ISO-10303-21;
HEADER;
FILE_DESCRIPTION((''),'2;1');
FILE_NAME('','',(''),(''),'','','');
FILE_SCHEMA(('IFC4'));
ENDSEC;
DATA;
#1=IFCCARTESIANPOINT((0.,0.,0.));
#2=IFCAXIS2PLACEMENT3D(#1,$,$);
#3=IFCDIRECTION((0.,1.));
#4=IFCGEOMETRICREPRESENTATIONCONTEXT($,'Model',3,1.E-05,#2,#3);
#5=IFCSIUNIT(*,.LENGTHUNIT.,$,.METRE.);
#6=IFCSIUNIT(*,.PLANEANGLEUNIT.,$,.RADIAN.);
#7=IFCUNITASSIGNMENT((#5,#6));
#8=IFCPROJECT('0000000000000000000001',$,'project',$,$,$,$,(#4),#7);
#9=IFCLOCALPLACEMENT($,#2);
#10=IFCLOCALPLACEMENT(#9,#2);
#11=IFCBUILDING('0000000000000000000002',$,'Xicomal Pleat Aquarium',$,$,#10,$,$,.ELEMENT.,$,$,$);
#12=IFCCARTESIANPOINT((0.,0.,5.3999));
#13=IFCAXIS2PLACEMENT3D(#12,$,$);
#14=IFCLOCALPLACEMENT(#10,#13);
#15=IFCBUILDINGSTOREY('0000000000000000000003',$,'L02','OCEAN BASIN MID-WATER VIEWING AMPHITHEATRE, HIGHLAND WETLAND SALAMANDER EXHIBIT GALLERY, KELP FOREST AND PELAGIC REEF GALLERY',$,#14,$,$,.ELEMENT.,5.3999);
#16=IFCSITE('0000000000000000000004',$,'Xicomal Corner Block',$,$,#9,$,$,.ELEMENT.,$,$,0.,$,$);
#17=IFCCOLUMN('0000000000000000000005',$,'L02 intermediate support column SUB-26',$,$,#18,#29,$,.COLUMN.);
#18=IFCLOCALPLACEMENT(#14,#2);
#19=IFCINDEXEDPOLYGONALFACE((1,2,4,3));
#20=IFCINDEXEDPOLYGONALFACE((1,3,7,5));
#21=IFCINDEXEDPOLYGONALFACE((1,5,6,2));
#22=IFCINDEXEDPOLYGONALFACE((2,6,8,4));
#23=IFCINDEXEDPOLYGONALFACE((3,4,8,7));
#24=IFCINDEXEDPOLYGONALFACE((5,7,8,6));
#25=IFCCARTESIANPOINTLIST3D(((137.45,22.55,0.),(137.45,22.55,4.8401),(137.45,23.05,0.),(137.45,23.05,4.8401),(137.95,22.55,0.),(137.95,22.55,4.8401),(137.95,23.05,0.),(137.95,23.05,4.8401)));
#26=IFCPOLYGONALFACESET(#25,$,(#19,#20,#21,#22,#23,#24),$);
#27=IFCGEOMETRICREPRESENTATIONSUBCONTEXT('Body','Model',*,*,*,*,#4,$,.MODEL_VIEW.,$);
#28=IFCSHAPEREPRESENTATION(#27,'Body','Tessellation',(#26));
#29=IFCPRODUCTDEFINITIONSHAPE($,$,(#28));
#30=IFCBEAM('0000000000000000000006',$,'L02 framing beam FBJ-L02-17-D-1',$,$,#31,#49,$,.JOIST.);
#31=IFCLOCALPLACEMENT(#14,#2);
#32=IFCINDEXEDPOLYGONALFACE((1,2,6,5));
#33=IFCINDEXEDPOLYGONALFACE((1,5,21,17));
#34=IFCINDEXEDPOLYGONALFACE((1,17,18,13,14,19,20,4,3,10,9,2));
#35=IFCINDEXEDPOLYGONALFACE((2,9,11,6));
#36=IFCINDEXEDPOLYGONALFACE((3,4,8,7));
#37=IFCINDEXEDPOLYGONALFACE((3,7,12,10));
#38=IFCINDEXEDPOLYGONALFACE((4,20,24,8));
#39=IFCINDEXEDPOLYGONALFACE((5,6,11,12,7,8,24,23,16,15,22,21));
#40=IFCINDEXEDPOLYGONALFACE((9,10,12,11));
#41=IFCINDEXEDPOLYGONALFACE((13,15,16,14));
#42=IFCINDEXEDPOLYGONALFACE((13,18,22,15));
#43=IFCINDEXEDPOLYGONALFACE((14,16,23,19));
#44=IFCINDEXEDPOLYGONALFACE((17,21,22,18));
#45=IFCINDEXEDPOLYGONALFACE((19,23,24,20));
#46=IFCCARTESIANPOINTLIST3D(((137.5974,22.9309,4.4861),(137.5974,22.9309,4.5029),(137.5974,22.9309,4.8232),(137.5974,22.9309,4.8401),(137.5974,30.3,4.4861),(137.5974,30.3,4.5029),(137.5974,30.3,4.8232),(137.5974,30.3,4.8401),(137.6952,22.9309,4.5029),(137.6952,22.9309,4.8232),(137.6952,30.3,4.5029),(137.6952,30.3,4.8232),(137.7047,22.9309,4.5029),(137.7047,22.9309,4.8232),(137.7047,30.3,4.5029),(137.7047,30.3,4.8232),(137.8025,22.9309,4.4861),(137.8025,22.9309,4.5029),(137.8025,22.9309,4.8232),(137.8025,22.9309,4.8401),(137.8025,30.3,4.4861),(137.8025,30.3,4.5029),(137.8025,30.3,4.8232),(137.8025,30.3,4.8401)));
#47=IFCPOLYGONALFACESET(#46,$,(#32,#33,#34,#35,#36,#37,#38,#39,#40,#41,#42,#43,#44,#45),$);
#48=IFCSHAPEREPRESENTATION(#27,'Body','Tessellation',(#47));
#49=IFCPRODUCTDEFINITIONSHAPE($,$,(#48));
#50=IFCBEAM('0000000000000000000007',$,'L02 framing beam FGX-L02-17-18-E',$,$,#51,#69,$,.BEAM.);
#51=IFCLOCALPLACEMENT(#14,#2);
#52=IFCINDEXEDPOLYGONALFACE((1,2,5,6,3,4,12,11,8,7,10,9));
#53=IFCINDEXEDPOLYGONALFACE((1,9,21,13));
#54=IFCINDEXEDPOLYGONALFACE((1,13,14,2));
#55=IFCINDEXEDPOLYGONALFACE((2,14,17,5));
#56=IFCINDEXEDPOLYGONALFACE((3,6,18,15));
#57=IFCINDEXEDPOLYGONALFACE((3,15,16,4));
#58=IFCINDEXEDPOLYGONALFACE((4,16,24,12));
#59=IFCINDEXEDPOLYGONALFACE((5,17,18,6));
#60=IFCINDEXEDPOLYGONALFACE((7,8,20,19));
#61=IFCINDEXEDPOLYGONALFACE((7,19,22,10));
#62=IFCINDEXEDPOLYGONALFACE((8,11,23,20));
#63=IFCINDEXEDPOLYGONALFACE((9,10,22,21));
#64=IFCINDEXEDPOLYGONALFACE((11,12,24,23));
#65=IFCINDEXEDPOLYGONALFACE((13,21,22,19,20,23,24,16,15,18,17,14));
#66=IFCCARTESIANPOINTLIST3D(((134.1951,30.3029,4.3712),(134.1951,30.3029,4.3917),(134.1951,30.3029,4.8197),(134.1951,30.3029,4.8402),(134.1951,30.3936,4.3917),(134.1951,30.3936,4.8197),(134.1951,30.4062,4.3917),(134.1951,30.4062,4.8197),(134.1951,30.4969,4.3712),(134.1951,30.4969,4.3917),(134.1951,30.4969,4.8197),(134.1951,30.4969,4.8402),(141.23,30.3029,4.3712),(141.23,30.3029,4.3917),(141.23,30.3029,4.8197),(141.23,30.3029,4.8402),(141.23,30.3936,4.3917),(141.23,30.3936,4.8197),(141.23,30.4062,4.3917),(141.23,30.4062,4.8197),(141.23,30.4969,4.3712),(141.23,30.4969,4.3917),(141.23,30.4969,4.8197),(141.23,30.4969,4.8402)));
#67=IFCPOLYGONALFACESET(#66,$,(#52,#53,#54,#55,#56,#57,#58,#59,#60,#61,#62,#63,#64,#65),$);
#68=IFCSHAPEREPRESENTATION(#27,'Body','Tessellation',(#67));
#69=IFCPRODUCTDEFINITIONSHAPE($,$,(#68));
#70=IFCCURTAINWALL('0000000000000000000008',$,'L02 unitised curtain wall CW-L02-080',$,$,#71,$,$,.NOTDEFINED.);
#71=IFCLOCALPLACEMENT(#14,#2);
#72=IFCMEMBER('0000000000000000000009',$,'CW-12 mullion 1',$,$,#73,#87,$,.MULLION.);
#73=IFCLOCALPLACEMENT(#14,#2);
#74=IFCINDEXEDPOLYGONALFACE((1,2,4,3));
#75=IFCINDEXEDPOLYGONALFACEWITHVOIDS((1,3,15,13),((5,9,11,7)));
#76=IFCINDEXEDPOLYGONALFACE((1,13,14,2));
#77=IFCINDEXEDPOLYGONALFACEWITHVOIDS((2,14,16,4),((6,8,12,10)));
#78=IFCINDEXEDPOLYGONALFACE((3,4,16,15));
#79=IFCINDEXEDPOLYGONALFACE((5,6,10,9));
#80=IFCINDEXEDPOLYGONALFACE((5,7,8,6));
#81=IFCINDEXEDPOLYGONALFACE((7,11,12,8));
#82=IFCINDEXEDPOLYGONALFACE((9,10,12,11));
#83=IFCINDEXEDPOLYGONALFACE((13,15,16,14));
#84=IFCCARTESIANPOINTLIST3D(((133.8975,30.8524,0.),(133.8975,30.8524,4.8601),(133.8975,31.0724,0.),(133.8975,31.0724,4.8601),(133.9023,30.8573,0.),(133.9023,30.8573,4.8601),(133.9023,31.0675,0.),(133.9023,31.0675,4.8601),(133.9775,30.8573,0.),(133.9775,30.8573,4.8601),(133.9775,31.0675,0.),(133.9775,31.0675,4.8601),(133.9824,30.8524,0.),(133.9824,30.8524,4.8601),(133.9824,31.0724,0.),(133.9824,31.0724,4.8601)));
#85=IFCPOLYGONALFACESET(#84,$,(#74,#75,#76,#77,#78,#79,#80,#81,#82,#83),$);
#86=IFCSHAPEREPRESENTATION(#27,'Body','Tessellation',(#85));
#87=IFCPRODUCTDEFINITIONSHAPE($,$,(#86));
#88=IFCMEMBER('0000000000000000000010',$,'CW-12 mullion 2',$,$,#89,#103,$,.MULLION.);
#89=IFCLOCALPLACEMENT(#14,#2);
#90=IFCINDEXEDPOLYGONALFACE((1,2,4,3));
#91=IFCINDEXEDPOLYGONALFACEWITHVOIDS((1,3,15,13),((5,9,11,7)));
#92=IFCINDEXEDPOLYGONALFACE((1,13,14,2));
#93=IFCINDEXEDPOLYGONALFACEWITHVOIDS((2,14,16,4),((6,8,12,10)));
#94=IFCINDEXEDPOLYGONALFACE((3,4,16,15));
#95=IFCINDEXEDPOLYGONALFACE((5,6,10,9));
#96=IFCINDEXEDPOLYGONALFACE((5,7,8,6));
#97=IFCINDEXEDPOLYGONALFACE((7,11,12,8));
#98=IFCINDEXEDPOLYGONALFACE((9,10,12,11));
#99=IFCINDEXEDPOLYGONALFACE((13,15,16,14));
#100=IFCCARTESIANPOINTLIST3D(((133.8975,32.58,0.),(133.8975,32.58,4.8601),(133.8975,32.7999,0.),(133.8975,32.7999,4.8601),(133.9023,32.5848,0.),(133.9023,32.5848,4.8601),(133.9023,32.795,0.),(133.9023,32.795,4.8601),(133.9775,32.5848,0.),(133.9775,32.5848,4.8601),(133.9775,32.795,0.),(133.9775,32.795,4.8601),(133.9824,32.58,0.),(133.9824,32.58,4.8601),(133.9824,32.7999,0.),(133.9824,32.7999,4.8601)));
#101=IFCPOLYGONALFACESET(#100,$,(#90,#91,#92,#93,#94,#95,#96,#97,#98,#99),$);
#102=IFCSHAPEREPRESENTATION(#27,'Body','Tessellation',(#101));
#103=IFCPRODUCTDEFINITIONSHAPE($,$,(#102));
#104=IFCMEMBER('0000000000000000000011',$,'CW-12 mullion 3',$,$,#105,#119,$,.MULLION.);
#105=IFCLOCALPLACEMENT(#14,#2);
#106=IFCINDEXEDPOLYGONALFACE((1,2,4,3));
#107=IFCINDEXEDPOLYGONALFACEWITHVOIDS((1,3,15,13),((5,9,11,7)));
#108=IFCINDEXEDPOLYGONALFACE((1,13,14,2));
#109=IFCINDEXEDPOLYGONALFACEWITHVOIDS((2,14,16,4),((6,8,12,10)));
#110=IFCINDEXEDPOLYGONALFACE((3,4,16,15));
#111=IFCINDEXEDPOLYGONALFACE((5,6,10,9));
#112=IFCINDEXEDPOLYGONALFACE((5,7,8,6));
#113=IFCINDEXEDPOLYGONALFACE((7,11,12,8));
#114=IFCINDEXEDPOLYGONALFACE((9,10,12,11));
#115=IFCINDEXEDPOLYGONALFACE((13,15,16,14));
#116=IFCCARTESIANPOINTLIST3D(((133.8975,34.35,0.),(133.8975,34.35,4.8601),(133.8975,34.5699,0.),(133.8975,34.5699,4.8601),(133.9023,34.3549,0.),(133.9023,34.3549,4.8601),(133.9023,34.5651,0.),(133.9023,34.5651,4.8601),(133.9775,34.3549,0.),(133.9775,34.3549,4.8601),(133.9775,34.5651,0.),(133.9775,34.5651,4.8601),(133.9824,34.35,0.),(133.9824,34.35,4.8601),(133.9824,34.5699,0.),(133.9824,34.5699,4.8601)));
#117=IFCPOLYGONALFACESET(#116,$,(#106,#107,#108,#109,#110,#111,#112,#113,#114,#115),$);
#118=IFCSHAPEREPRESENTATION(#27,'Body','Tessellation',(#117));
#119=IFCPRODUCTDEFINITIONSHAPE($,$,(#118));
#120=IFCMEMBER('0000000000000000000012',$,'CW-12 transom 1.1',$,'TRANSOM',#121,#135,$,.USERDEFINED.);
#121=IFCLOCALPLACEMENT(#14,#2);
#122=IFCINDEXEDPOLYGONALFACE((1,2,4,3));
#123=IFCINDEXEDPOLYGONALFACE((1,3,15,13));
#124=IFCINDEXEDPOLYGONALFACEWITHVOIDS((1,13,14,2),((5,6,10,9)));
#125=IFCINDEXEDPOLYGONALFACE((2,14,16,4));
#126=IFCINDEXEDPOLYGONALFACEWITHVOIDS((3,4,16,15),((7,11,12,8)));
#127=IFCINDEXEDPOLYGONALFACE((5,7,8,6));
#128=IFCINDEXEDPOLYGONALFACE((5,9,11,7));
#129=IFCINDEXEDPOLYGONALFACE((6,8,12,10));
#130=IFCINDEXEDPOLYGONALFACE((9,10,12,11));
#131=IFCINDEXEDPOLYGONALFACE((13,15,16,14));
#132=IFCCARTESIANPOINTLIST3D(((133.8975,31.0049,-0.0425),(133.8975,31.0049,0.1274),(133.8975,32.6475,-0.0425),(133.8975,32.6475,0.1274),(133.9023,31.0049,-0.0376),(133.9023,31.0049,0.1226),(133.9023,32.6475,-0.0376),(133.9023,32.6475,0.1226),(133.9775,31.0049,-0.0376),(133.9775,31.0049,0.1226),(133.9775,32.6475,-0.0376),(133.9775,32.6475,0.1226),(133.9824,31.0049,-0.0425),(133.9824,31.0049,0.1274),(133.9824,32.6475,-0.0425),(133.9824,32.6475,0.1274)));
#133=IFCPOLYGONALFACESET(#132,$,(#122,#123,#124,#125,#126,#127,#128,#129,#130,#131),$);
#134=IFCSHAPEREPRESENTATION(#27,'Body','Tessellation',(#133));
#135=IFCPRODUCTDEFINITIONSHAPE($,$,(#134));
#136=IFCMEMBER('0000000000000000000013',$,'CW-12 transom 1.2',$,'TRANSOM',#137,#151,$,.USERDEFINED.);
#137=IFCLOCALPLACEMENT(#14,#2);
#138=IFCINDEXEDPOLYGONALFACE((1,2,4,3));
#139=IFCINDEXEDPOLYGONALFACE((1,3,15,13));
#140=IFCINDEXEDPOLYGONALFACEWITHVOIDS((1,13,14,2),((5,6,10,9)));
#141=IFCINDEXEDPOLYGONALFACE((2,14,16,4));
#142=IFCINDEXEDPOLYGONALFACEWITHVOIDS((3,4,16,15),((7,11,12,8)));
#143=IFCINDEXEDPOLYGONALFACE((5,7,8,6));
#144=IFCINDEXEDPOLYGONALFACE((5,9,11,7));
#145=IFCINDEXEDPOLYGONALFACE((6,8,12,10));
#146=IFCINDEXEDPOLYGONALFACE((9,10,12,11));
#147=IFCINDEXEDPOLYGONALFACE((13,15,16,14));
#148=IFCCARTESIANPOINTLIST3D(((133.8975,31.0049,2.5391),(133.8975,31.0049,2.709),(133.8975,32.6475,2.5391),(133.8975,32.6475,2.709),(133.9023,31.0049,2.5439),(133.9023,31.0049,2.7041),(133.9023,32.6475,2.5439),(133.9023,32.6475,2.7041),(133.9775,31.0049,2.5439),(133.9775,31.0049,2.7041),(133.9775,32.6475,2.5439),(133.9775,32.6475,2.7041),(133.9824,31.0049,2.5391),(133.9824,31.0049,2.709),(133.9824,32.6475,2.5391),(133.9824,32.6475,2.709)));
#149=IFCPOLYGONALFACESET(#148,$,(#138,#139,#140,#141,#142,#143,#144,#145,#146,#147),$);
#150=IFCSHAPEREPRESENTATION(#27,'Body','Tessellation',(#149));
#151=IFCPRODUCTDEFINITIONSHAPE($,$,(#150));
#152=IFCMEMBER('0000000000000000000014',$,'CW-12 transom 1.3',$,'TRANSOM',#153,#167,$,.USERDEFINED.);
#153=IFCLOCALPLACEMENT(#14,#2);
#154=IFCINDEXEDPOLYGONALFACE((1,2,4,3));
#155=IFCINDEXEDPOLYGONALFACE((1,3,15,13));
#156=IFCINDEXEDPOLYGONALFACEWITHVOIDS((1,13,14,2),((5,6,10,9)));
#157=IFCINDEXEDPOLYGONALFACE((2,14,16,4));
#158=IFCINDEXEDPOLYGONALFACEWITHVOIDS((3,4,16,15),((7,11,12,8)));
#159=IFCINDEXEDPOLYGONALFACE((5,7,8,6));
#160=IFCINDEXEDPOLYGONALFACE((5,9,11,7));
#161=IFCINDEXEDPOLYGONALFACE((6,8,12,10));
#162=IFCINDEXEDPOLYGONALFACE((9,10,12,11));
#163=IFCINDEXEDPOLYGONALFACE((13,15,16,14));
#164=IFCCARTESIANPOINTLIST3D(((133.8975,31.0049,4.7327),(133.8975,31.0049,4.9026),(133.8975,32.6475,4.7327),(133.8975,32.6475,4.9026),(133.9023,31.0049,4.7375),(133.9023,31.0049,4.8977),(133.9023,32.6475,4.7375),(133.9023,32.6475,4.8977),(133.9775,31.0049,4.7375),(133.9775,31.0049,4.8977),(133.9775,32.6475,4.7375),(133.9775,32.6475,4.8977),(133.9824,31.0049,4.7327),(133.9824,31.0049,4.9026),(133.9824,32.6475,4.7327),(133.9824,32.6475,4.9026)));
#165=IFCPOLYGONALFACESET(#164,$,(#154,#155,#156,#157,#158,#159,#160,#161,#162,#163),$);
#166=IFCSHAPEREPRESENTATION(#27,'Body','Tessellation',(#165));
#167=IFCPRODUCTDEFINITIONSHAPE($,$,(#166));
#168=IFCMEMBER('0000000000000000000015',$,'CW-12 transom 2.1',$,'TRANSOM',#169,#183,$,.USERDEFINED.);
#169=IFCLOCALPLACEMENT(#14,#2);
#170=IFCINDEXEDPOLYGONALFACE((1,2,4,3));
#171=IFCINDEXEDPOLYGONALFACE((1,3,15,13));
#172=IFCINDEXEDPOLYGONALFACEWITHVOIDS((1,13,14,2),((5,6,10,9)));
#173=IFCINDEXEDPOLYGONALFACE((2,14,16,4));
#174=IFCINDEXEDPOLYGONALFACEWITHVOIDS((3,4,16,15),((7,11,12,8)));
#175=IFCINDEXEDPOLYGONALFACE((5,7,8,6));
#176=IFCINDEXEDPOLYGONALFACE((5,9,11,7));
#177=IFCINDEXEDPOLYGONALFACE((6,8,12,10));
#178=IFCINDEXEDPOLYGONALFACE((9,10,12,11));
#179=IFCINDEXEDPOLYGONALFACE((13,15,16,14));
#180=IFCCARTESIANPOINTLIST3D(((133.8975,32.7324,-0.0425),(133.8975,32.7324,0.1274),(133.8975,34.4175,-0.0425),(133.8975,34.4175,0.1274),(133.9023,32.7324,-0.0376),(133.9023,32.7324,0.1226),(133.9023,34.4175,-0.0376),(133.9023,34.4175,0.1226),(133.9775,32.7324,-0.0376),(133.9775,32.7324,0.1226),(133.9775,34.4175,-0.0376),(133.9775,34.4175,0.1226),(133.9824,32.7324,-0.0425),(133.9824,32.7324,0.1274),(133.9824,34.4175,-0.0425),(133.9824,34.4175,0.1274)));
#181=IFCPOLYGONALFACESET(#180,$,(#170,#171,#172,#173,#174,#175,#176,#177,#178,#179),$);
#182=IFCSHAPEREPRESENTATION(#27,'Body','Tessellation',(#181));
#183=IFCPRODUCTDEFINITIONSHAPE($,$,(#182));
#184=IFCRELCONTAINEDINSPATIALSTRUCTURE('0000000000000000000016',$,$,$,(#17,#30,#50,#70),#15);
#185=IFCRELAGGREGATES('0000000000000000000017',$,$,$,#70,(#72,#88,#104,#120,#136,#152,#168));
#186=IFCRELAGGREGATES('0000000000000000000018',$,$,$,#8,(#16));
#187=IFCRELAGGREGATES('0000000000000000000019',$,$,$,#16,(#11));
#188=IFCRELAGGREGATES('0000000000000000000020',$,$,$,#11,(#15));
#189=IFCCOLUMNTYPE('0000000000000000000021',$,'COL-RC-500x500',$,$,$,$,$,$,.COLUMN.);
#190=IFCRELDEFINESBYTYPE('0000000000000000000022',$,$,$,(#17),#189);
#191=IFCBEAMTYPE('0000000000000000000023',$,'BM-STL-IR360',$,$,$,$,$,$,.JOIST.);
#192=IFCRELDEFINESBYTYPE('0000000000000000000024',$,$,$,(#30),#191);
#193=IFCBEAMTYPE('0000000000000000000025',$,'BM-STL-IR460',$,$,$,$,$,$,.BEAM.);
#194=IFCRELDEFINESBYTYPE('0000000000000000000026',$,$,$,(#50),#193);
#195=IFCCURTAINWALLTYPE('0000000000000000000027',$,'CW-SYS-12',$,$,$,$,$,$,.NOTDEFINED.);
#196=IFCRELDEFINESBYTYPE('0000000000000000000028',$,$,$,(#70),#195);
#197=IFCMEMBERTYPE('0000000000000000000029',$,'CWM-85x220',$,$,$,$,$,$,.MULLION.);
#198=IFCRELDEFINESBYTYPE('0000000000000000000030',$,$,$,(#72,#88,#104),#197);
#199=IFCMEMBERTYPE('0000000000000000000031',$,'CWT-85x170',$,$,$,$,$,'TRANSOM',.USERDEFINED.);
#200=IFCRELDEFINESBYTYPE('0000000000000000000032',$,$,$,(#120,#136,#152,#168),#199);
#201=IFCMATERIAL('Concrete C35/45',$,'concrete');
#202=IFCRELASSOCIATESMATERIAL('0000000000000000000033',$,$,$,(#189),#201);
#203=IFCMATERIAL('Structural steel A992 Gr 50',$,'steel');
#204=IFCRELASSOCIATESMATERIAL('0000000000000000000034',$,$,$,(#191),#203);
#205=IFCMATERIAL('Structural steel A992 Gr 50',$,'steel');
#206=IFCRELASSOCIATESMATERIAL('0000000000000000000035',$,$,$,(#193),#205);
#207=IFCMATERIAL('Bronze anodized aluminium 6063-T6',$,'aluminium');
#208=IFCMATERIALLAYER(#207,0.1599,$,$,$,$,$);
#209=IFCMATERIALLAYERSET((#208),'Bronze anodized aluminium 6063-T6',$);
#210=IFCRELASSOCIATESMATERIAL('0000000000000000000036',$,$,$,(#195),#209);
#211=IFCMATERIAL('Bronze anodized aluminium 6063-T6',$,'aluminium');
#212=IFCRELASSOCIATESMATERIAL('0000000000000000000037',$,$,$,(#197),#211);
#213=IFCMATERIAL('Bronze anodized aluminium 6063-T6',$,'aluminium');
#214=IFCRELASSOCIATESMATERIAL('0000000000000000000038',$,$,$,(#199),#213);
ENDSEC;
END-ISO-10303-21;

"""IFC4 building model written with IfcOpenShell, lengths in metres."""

from ifc_helpers import new_model, si_unit, direction, frame, origin, origin_2d, place, context, subcontext, project, spatial, rectangle, hollow_rectangle, i_section, extrude, material, layer, layer_set, material_profile, profile_set, type_object, element, aggregate, save


model = new_model("IFC4")

# Units and contexts
model_context = context("Model", 3, precision=1e-05, world=origin(), true_north=direction((0.0, 1.0)))
body_context = subcontext(model_context, "Body", "Model", "MODEL_VIEW")
ifc_project = project(units=[si_unit("LENGTHUNIT", "METRE"), si_unit("PLANEANGLEUNIT", "RADIAN")], contexts=[model_context])

# Site, building, storey
site_placement = place(None, origin())
site = spatial("IfcSite", under=ifc_project, at=site_placement, Name="Xicomal Corner Block", CompositionType="ELEMENT", RefElevation=0.0)
building_placement = place(site_placement, origin())
building = spatial("IfcBuilding", under=site, at=building_placement, Name="Xicomal Pleat Aquarium", CompositionType="ELEMENT")
storey_placement = place(building_placement, frame((0.0, 0.0, 5.3999)))
storey = spatial("IfcBuildingStorey", under=building, at=storey_placement, Name="L02", Description="OCEAN BASIN MID-WATER VIEWING AMPHITHEATRE, HIGHLAND WETLAND SALAMANDER EXHIBIT GALLERY, KELP FOREST AND PELAGIC REEF GALLERY", CompositionType="ELEMENT", Elevation=5.3999)

# Column
ifc_material_1 = material(Name="Concrete C35/45", Category="concrete")
ifc_material_profile_1 = material_profile(ifc_material_1, rectangle(XDim=0.5, YDim=0.5, at=origin_2d()), Name="RC 500x500")
ifc_profile_set_1 = profile_set([ifc_material_profile_1], Name="Concrete C35/45")
column_type = type_object("IfcColumnType", Name="COL-RC-500x500", PredefinedType="COLUMN", material=ifc_profile_set_1)
column_placement = place(storey_placement, frame((137.7, 22.8, 0.0), z_axis=(0.0, 0.0, 1.0), x_axis=(1.0, 0.0, 0.0)))
element("IfcColumn", 1, at=column_placement, inside=storey, type_object=column_type, Name="L02 intermediate support column SUB-26", PredefinedType="COLUMN", context=body_context, shape_type="SweptSolid", body=[
    extrude(rectangle(XDim=0.5, YDim=0.5, at=origin_2d()), origin(), (0.0, 0.0, 1.0), 4.8401),
])

# Beams
ifc_material_2 = material(Name="Structural steel A992 Gr 50", Category="steel")
ifc_material_profile_2 = material_profile(ifc_material_2, i_section(OverallWidth=0.2051, OverallDepth=0.354, WebThickness=0.0095, FlangeThickness=0.0168, at=origin_2d()), Name="IR 360x79")
ifc_profile_set_2 = profile_set([ifc_material_profile_2], Name="Structural steel A992 Gr 50")
beam_type_1 = type_object("IfcBeamType", Name="BM-STL-IR360", PredefinedType="JOIST", material=ifc_profile_set_2)
beam_1_placement = place(storey_placement, frame((137.7, 22.9309, 4.6631), z_axis=(0.0, 1.0, 0.0), x_axis=(-1.0, 0.0, 0.0)))
element("IfcBeam", 2, at=beam_1_placement, inside=storey, type_object=beam_type_1, Name="L02 framing beam FBJ-L02-17-D-1", PredefinedType="JOIST", context=body_context, shape_type="SweptSolid", body=[
    extrude(i_section(OverallWidth=0.2051, OverallDepth=0.354, WebThickness=0.0095, FlangeThickness=0.0168, at=origin_2d()), origin(), (0.0, 0.0, 1.0), 7.3691),
])
ifc_material_3 = material(Name="Structural steel A992 Gr 50", Category="steel")
ifc_material_profile_3 = material_profile(ifc_material_3, i_section(OverallWidth=0.1941, OverallDepth=0.469, WebThickness=0.0127, FlangeThickness=0.0205, at=origin_2d()), Name="IR 460x106")
ifc_profile_set_3 = profile_set([ifc_material_profile_3], Name="Structural steel A992 Gr 50")
beam_type_2 = type_object("IfcBeamType", Name="BM-STL-IR460", PredefinedType="BEAM", material=ifc_profile_set_3)
beam_2_placement = place(storey_placement, frame((134.1951, 30.3999, 4.6057), z_axis=(1.0, 0.0, 0.0), x_axis=(0.0, 1.0, 0.0)))
element("IfcBeam", 3, at=beam_2_placement, inside=storey, type_object=beam_type_2, Name="L02 framing beam FGX-L02-17-18-E", PredefinedType="BEAM", context=body_context, shape_type="SweptSolid", body=[
    extrude(i_section(OverallWidth=0.1941, OverallDepth=0.469, WebThickness=0.0127, FlangeThickness=0.0205, at=origin_2d()), origin(), (0.0, 0.0, 1.0), 7.0349),
])

# Curtain wall, members
ifc_material_4 = material(Name="Bronze anodized aluminium 6063-T6", Category="aluminium")
ifc_layer_1 = layer(ifc_material_4, 0.1599)
ifc_layer_set_1 = layer_set([ifc_layer_1], Name="Bronze anodized aluminium 6063-T6")
curtain_wall_type = type_object("IfcCurtainWallType", Name="CW-SYS-12", PredefinedType="NOTDEFINED", material=ifc_layer_set_1)
curtain_wall_placement = place(storey_placement, origin())
curtain_wall = element("IfcCurtainWall", 4, at=curtain_wall_placement, inside=storey, type_object=curtain_wall_type, Name="L02 unitised curtain wall CW-L02-080", PredefinedType="NOTDEFINED")
ifc_material_5 = material(Name="Bronze anodized aluminium 6063-T6", Category="aluminium")
ifc_material_profile_4 = material_profile(ifc_material_5, hollow_rectangle(XDim=0.085, YDim=0.22, WallThickness=0.0049, at=origin_2d()), Name="ALU MULL 85x220")
ifc_profile_set_4 = profile_set([ifc_material_profile_4], Name="Bronze anodized aluminium 6063-T6")
member_type_1 = type_object("IfcMemberType", Name="CWM-85x220", PredefinedType="MULLION", material=ifc_profile_set_4)
member_1_placement = place(storey_placement, frame((133.9399, 30.9624, 0.0), z_axis=(0.0, 0.0, 1.0), x_axis=(-1.0, 0.0, 0.0)))
member_1 = element("IfcMember", 5, at=member_1_placement, type_object=member_type_1, Name="CW-12 mullion 1", PredefinedType="MULLION", context=body_context, shape_type="SweptSolid", body=[
    extrude(hollow_rectangle(XDim=0.085, YDim=0.22, WallThickness=0.0049, at=origin_2d()), origin(), (0.0, 0.0, 1.0), 4.8601),
])
member_2_placement = place(storey_placement, frame((133.9399, 32.6899, 0.0), z_axis=(0.0, 0.0, 1.0), x_axis=(-1.0, 0.0, 0.0)))
member_2 = element("IfcMember", 6, at=member_2_placement, type_object=member_type_1, Name="CW-12 mullion 2", PredefinedType="MULLION", context=body_context, shape_type="SweptSolid", body=[
    extrude(hollow_rectangle(XDim=0.085, YDim=0.22, WallThickness=0.0049, at=origin_2d()), origin(), (0.0, 0.0, 1.0), 4.8601),
])
member_3_placement = place(storey_placement, frame((133.9399, 34.46, 0.0), z_axis=(0.0, 0.0, 1.0), x_axis=(-1.0, 0.0, 0.0)))
member_3 = element("IfcMember", 7, at=member_3_placement, type_object=member_type_1, Name="CW-12 mullion 3", PredefinedType="MULLION", context=body_context, shape_type="SweptSolid", body=[
    extrude(hollow_rectangle(XDim=0.085, YDim=0.22, WallThickness=0.0049, at=origin_2d()), origin(), (0.0, 0.0, 1.0), 4.8601),
])
ifc_material_6 = material(Name="Bronze anodized aluminium 6063-T6", Category="aluminium")
ifc_material_profile_5 = material_profile(ifc_material_6, hollow_rectangle(XDim=0.085, YDim=0.1699, WallThickness=0.0049, at=origin_2d()), Name="ALU TRAN 85x170")
ifc_profile_set_5 = profile_set([ifc_material_profile_5], Name="Bronze anodized aluminium 6063-T6")
member_type_2 = type_object("IfcMemberType", Name="CWT-85x170", ElementType="TRANSOM", PredefinedType="USERDEFINED", material=ifc_profile_set_5)
member_4_placement = place(storey_placement, frame((133.9399, 31.0049, 0.0425), z_axis=(0.0, 1.0, 0.0), x_axis=(-1.0, 0.0, 0.0)))
member_4 = element("IfcMember", 8, at=member_4_placement, type_object=member_type_2, Name="CW-12 transom 1.1", ObjectType="TRANSOM", PredefinedType="USERDEFINED", context=body_context, shape_type="SweptSolid", body=[
    extrude(hollow_rectangle(XDim=0.085, YDim=0.1699, WallThickness=0.0049, at=origin_2d()), origin(), (0.0, 0.0, 1.0), 1.6426),
])
member_5_placement = place(storey_placement, frame((133.9399, 31.0049, 2.624), z_axis=(0.0, 1.0, 0.0), x_axis=(-1.0, 0.0, 0.0)))
member_5 = element("IfcMember", 9, at=member_5_placement, type_object=member_type_2, Name="CW-12 transom 1.2", ObjectType="TRANSOM", PredefinedType="USERDEFINED", context=body_context, shape_type="SweptSolid", body=[
    extrude(hollow_rectangle(XDim=0.085, YDim=0.1699, WallThickness=0.0049, at=origin_2d()), origin(), (0.0, 0.0, 1.0), 1.6426),
])
member_6_placement = place(storey_placement, frame((133.9399, 31.0049, 4.8176), z_axis=(0.0, 1.0, 0.0), x_axis=(-1.0, 0.0, 0.0)))
member_6 = element("IfcMember", 10, at=member_6_placement, type_object=member_type_2, Name="CW-12 transom 1.3", ObjectType="TRANSOM", PredefinedType="USERDEFINED", context=body_context, shape_type="SweptSolid", body=[
    extrude(hollow_rectangle(XDim=0.085, YDim=0.1699, WallThickness=0.0049, at=origin_2d()), origin(), (0.0, 0.0, 1.0), 1.6426),
])
member_7_placement = place(storey_placement, frame((133.9399, 32.7324, 0.0425), z_axis=(0.0, 1.0, 0.0), x_axis=(-1.0, 0.0, 0.0)))
member_7 = element("IfcMember", 11, at=member_7_placement, type_object=member_type_2, Name="CW-12 transom 2.1", ObjectType="TRANSOM", PredefinedType="USERDEFINED", context=body_context, shape_type="SweptSolid", body=[
    extrude(hollow_rectangle(XDim=0.085, YDim=0.1699, WallThickness=0.0049, at=origin_2d()), origin(), (0.0, 0.0, 1.0), 1.6851),
])
aggregate(curtain_wall, [member_1, member_2, member_3, member_4, member_5, member_6, member_7])

save(model, "model.ifc")
